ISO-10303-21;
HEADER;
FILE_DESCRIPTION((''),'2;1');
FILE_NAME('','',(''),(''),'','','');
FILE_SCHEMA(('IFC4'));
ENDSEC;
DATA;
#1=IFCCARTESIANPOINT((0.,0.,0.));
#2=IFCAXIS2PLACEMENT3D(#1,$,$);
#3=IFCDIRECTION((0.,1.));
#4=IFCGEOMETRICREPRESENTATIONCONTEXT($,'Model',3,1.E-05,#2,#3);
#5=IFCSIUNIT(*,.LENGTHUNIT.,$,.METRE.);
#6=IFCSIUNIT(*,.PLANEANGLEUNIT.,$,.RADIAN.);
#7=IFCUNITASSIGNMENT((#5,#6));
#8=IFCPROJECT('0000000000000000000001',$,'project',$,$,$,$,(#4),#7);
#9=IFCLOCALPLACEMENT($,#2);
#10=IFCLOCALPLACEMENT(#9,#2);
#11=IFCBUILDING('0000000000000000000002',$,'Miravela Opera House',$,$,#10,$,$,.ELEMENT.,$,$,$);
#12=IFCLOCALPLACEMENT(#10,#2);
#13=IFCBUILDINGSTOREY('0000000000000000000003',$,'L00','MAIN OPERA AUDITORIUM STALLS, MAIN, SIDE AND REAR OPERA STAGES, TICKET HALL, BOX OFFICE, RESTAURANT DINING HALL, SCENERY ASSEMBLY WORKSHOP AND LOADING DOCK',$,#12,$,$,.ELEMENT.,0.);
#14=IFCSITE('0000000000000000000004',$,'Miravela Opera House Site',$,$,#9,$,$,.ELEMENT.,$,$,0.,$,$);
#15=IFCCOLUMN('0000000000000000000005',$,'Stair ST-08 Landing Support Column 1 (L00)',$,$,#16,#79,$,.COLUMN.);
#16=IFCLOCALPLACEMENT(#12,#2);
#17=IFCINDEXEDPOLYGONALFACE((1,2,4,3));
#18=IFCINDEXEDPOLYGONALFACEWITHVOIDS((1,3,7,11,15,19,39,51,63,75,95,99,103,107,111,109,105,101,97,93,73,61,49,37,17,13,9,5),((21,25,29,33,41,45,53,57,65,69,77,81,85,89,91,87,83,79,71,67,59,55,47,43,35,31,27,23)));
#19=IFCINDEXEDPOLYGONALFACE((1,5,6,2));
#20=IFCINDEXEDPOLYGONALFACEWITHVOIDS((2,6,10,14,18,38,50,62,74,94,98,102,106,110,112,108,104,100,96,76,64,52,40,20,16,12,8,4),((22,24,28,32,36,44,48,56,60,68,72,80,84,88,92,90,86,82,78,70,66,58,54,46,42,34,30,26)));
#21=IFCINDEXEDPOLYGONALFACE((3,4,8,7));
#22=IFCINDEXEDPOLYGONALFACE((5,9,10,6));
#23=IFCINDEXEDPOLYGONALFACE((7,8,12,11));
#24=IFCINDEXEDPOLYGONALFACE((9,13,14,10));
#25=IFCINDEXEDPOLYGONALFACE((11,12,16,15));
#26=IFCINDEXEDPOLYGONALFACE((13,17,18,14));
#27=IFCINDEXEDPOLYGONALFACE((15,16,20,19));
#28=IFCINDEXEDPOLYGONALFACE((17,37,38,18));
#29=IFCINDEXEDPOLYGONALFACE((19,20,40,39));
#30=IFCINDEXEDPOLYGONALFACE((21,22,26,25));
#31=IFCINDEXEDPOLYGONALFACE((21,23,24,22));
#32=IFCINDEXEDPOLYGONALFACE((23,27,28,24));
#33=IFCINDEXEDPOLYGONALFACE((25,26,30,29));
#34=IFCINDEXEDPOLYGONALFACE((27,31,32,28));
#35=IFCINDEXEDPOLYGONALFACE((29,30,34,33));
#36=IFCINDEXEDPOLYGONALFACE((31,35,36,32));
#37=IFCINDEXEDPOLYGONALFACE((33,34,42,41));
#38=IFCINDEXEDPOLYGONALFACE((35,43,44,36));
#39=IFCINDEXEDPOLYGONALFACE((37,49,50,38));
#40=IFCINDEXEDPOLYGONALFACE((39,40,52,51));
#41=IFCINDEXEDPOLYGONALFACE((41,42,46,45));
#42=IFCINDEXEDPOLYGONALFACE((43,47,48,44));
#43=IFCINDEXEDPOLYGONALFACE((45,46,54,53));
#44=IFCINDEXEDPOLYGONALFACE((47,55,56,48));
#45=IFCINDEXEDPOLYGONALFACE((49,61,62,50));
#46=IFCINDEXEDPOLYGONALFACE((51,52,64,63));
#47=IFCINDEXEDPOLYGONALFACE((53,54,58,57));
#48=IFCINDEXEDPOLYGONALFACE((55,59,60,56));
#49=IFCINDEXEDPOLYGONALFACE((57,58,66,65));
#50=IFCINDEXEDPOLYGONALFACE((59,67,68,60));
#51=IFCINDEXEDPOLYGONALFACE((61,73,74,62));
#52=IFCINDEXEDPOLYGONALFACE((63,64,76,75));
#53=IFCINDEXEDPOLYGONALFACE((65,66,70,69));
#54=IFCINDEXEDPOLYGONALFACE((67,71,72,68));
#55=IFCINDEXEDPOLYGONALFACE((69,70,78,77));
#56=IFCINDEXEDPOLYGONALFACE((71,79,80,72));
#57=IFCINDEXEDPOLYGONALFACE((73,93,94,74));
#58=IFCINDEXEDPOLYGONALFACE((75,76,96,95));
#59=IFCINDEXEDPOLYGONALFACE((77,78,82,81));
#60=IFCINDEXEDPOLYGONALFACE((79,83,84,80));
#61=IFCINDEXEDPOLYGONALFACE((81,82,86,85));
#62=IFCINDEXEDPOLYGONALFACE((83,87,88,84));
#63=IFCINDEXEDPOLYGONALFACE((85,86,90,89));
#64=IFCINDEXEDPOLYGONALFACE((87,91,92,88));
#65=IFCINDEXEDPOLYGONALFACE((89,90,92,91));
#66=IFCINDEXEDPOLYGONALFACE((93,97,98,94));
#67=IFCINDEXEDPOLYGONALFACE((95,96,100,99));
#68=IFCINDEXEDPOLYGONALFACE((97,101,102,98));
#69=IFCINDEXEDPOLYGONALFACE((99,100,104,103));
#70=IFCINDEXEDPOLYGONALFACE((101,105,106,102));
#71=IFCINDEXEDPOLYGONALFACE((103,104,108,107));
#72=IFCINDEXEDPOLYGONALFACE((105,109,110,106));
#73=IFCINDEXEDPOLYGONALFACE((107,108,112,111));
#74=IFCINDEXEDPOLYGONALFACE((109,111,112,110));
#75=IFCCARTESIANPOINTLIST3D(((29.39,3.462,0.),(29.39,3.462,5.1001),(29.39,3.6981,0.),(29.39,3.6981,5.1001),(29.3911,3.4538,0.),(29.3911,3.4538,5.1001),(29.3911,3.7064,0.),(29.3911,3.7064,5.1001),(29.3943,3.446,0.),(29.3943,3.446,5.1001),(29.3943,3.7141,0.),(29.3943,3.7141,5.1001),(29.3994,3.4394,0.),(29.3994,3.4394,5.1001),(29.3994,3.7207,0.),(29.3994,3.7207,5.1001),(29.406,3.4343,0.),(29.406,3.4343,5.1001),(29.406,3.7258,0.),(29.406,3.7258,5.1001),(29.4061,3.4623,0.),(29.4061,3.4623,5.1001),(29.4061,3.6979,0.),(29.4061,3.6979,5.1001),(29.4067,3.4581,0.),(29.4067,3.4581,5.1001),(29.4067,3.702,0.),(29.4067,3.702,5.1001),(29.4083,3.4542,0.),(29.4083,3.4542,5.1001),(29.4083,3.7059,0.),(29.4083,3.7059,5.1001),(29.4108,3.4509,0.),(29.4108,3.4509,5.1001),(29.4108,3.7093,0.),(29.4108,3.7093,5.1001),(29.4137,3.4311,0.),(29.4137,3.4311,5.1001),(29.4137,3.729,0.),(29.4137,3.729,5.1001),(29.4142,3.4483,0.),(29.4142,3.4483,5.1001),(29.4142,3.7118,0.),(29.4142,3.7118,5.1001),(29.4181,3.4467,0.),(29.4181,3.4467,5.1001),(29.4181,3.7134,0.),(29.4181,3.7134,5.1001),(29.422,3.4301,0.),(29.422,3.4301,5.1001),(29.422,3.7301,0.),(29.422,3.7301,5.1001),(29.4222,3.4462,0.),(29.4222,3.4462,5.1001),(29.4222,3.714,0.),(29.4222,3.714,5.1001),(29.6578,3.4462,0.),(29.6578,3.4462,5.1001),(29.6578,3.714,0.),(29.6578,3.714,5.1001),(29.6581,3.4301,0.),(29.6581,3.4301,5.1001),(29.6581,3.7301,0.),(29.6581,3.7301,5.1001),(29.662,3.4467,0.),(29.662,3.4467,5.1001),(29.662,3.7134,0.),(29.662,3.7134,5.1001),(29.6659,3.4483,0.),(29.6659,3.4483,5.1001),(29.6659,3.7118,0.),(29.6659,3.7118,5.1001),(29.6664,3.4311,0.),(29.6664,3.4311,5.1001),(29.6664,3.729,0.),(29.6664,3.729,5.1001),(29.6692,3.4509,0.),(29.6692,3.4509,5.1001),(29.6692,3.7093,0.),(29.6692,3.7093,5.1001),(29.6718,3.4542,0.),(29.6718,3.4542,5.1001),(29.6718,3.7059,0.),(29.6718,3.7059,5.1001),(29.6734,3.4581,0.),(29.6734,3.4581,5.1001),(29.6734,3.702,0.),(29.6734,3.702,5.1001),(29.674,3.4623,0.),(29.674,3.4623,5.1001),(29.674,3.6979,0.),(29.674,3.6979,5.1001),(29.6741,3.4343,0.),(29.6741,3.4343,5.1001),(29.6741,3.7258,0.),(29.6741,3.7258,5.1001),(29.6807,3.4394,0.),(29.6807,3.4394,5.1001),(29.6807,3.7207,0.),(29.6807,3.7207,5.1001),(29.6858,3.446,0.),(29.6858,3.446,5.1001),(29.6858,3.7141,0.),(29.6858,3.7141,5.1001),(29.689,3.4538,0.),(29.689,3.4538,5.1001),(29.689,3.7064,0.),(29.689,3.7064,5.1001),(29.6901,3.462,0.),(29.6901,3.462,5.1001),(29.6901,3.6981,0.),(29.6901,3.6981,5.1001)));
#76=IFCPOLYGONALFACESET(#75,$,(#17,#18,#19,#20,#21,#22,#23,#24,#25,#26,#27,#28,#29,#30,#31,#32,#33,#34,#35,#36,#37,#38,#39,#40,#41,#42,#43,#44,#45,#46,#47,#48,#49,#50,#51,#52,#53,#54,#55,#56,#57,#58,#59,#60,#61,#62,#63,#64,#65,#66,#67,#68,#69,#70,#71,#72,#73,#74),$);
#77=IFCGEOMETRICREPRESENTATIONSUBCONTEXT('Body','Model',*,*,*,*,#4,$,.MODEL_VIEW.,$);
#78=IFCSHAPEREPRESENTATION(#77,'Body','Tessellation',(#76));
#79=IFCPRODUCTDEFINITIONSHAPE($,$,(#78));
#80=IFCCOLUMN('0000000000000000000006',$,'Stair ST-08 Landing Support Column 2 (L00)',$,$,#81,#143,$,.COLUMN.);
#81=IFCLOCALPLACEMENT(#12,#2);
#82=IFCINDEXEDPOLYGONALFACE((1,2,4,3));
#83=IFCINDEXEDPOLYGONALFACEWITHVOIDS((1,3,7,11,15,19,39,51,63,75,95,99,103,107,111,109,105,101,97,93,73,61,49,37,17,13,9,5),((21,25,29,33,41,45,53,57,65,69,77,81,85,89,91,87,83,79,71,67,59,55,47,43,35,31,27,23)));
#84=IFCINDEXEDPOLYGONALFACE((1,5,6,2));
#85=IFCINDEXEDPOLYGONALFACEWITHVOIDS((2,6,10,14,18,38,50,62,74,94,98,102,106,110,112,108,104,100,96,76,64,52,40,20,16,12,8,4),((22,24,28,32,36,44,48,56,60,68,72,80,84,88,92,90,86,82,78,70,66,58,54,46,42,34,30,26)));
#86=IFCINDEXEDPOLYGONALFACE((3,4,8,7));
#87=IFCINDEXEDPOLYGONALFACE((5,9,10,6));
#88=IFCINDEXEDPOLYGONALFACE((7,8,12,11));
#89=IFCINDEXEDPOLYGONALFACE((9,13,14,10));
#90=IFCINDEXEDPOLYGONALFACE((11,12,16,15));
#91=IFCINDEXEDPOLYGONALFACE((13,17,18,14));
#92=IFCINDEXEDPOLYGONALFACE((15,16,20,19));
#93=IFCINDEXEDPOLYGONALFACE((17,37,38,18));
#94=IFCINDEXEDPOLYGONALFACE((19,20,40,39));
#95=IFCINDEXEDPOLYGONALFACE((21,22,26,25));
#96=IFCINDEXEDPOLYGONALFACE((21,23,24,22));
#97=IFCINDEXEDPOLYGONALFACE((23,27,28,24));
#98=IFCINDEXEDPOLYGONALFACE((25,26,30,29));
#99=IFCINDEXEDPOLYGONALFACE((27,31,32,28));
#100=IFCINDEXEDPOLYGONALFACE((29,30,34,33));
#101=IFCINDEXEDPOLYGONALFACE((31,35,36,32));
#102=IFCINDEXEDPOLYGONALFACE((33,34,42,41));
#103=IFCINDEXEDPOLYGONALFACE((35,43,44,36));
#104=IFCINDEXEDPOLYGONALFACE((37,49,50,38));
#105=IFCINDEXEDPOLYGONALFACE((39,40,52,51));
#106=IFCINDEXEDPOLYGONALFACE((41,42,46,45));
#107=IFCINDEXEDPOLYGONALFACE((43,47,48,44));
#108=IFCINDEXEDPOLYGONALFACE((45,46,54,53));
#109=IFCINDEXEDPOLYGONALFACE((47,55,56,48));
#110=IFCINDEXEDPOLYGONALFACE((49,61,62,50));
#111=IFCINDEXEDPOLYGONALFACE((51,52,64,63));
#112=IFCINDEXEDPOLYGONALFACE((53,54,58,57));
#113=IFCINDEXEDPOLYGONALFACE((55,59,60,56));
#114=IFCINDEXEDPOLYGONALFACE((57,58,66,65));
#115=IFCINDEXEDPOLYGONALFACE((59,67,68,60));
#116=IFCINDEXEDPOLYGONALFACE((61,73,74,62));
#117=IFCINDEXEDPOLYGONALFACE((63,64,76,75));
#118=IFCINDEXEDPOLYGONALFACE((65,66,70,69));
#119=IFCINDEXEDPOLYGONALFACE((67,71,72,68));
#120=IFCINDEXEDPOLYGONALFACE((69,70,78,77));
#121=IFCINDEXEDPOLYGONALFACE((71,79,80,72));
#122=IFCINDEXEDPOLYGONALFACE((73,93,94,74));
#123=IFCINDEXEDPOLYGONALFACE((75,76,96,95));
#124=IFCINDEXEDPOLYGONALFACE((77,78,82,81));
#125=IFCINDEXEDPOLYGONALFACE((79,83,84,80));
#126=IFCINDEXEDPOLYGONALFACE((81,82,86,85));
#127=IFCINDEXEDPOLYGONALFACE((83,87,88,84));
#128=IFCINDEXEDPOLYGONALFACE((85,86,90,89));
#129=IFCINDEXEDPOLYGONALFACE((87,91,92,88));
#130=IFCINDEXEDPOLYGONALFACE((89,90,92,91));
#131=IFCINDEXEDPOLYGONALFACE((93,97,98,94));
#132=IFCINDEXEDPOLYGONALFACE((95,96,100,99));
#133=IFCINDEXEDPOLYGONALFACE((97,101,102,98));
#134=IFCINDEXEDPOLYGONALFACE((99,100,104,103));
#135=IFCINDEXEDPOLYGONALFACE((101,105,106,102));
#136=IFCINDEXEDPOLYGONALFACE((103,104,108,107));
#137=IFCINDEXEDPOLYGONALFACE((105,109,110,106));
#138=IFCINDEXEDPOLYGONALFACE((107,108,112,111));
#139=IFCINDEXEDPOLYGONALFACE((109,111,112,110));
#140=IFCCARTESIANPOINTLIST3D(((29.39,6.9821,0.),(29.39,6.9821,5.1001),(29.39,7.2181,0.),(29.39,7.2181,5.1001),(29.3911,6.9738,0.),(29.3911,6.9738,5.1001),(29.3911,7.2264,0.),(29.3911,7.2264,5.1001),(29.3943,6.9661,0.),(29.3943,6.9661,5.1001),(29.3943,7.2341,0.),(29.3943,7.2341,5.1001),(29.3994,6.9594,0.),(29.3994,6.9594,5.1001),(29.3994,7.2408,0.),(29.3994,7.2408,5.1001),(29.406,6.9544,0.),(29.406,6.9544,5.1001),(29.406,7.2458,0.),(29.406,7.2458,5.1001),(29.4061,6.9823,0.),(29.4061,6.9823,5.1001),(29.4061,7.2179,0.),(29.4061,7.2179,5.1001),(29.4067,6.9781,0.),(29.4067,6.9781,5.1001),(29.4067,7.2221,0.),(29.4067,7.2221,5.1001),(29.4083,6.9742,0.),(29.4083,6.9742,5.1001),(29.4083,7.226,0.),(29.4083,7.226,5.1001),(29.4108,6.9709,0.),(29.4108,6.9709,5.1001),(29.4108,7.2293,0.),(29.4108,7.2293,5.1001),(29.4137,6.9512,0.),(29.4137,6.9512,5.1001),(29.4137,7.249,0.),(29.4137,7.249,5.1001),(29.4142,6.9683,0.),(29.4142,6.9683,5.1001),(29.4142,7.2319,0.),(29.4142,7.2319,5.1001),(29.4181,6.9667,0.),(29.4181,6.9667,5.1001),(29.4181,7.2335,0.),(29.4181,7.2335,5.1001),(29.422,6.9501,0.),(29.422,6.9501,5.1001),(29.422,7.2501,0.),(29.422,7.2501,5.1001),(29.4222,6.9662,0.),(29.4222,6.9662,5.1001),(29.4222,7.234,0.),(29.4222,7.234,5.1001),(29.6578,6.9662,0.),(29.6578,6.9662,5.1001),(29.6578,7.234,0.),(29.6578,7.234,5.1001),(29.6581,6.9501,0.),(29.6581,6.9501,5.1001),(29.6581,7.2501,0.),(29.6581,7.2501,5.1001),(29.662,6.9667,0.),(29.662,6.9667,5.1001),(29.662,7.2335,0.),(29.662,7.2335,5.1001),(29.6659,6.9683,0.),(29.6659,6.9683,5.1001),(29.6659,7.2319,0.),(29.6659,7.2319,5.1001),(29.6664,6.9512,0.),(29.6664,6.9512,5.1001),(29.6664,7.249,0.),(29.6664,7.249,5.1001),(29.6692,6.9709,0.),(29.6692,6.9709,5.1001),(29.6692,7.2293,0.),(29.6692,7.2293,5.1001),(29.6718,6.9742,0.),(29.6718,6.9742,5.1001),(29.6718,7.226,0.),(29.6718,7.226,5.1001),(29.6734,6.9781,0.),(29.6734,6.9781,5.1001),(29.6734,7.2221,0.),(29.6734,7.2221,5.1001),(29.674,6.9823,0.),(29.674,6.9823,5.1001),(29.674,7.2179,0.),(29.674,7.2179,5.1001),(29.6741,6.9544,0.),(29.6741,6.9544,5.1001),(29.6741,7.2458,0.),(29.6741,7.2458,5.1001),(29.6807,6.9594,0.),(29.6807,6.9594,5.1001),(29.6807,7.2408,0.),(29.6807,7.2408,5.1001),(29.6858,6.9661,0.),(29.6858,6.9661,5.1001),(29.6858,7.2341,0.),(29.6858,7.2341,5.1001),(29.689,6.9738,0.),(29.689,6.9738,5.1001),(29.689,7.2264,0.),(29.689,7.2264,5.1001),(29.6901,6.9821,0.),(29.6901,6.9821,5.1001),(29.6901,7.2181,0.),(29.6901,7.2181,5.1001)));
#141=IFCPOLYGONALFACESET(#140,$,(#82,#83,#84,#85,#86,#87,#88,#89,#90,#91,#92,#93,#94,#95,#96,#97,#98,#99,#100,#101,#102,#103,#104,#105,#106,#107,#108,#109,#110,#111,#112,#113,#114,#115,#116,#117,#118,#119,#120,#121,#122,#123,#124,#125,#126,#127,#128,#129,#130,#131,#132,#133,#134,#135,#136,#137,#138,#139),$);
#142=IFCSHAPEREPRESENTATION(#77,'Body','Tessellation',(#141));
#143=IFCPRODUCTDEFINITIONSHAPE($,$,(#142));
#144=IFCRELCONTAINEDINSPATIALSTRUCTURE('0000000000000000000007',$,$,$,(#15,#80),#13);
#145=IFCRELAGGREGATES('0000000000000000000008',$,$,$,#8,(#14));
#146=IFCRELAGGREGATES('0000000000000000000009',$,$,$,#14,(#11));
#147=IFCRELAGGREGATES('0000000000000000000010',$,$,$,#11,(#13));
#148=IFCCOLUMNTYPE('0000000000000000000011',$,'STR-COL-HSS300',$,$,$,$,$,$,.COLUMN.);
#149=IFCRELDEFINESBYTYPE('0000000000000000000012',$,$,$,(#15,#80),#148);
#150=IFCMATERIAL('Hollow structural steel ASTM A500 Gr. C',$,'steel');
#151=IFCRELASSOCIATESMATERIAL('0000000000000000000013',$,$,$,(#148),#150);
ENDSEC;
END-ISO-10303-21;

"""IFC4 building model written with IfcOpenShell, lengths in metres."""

from ifc_helpers import new_model, si_unit, direction, frame, origin, origin_2d, place, context, subcontext, project, spatial, hollow_rectangle, extrude, material, material_profile, profile_set, type_object, element, save


model = new_model("IFC4")

# Units and contexts
model_context = context("Model", 3, precision=1e-05, world=origin(), true_north=direction((0.0, 1.0)))
body_context = subcontext(model_context, "Body", "Model", "MODEL_VIEW")
ifc_project = project(units=[si_unit("LENGTHUNIT", "METRE"), si_unit("PLANEANGLEUNIT", "RADIAN")], contexts=[model_context])

# Site, building, storey
site_placement = place(None, origin())
site = spatial("IfcSite", under=ifc_project, at=site_placement, Name="Miravela Opera House Site", CompositionType="ELEMENT", RefElevation=0.0)
building_placement = place(site_placement, origin())
building = spatial("IfcBuilding", under=site, at=building_placement, Name="Miravela Opera House", CompositionType="ELEMENT")
storey_placement = place(building_placement, origin())
storey = spatial("IfcBuildingStorey", under=building, at=storey_placement, Name="L00", Description="MAIN OPERA AUDITORIUM STALLS, MAIN, SIDE AND REAR OPERA STAGES, TICKET HALL, BOX OFFICE, RESTAURANT DINING HALL, SCENERY ASSEMBLY WORKSHOP AND LOADING DOCK", CompositionType="ELEMENT", Elevation=0.0)

# Columns
ifc_material_1 = material(Name="Hollow structural steel ASTM A500 Gr. C", Category="steel")
ifc_material_profile_1 = material_profile(ifc_material_1, hollow_rectangle(XDim=0.3, YDim=0.3, WallThickness=0.0161, InnerFilletRadius=0.0161, OuterFilletRadius=0.032, at=origin_2d()), Name="HSS300X300X16")
ifc_profile_set_1 = profile_set([ifc_material_profile_1])
column_type = type_object("IfcColumnType", Name="STR-COL-HSS300", PredefinedType="COLUMN", material=ifc_profile_set_1)
for number, where, z_axis, x_axis, name in (
    (1, (29.54, 3.5801, 0.0), (0.0, 0.0, 1.0), (1.0, 0.0, 0.0), "Stair ST-08 Landing Support Column 1 (L00)"),
    (2, (29.54, 7.1001, 0.0), (0.0, 0.0, 1.0), (1.0, 0.0, 0.0), "Stair ST-08 Landing Support Column 2 (L00)"),
):
    element("IfcColumn", number, at=place(storey_placement, frame(where, z_axis=z_axis, x_axis=x_axis)), inside=storey, type_object=column_type, Name=name, PredefinedType="COLUMN", context=body_context, shape_type="SweptSolid", body=[
        extrude(hollow_rectangle(XDim=0.3, YDim=0.3, WallThickness=0.0161, InnerFilletRadius=0.0161, OuterFilletRadius=0.032, at=origin_2d()), origin(), (0.0, 0.0, 1.0), 5.1001),
    ])

save(model, "model.ifc")
